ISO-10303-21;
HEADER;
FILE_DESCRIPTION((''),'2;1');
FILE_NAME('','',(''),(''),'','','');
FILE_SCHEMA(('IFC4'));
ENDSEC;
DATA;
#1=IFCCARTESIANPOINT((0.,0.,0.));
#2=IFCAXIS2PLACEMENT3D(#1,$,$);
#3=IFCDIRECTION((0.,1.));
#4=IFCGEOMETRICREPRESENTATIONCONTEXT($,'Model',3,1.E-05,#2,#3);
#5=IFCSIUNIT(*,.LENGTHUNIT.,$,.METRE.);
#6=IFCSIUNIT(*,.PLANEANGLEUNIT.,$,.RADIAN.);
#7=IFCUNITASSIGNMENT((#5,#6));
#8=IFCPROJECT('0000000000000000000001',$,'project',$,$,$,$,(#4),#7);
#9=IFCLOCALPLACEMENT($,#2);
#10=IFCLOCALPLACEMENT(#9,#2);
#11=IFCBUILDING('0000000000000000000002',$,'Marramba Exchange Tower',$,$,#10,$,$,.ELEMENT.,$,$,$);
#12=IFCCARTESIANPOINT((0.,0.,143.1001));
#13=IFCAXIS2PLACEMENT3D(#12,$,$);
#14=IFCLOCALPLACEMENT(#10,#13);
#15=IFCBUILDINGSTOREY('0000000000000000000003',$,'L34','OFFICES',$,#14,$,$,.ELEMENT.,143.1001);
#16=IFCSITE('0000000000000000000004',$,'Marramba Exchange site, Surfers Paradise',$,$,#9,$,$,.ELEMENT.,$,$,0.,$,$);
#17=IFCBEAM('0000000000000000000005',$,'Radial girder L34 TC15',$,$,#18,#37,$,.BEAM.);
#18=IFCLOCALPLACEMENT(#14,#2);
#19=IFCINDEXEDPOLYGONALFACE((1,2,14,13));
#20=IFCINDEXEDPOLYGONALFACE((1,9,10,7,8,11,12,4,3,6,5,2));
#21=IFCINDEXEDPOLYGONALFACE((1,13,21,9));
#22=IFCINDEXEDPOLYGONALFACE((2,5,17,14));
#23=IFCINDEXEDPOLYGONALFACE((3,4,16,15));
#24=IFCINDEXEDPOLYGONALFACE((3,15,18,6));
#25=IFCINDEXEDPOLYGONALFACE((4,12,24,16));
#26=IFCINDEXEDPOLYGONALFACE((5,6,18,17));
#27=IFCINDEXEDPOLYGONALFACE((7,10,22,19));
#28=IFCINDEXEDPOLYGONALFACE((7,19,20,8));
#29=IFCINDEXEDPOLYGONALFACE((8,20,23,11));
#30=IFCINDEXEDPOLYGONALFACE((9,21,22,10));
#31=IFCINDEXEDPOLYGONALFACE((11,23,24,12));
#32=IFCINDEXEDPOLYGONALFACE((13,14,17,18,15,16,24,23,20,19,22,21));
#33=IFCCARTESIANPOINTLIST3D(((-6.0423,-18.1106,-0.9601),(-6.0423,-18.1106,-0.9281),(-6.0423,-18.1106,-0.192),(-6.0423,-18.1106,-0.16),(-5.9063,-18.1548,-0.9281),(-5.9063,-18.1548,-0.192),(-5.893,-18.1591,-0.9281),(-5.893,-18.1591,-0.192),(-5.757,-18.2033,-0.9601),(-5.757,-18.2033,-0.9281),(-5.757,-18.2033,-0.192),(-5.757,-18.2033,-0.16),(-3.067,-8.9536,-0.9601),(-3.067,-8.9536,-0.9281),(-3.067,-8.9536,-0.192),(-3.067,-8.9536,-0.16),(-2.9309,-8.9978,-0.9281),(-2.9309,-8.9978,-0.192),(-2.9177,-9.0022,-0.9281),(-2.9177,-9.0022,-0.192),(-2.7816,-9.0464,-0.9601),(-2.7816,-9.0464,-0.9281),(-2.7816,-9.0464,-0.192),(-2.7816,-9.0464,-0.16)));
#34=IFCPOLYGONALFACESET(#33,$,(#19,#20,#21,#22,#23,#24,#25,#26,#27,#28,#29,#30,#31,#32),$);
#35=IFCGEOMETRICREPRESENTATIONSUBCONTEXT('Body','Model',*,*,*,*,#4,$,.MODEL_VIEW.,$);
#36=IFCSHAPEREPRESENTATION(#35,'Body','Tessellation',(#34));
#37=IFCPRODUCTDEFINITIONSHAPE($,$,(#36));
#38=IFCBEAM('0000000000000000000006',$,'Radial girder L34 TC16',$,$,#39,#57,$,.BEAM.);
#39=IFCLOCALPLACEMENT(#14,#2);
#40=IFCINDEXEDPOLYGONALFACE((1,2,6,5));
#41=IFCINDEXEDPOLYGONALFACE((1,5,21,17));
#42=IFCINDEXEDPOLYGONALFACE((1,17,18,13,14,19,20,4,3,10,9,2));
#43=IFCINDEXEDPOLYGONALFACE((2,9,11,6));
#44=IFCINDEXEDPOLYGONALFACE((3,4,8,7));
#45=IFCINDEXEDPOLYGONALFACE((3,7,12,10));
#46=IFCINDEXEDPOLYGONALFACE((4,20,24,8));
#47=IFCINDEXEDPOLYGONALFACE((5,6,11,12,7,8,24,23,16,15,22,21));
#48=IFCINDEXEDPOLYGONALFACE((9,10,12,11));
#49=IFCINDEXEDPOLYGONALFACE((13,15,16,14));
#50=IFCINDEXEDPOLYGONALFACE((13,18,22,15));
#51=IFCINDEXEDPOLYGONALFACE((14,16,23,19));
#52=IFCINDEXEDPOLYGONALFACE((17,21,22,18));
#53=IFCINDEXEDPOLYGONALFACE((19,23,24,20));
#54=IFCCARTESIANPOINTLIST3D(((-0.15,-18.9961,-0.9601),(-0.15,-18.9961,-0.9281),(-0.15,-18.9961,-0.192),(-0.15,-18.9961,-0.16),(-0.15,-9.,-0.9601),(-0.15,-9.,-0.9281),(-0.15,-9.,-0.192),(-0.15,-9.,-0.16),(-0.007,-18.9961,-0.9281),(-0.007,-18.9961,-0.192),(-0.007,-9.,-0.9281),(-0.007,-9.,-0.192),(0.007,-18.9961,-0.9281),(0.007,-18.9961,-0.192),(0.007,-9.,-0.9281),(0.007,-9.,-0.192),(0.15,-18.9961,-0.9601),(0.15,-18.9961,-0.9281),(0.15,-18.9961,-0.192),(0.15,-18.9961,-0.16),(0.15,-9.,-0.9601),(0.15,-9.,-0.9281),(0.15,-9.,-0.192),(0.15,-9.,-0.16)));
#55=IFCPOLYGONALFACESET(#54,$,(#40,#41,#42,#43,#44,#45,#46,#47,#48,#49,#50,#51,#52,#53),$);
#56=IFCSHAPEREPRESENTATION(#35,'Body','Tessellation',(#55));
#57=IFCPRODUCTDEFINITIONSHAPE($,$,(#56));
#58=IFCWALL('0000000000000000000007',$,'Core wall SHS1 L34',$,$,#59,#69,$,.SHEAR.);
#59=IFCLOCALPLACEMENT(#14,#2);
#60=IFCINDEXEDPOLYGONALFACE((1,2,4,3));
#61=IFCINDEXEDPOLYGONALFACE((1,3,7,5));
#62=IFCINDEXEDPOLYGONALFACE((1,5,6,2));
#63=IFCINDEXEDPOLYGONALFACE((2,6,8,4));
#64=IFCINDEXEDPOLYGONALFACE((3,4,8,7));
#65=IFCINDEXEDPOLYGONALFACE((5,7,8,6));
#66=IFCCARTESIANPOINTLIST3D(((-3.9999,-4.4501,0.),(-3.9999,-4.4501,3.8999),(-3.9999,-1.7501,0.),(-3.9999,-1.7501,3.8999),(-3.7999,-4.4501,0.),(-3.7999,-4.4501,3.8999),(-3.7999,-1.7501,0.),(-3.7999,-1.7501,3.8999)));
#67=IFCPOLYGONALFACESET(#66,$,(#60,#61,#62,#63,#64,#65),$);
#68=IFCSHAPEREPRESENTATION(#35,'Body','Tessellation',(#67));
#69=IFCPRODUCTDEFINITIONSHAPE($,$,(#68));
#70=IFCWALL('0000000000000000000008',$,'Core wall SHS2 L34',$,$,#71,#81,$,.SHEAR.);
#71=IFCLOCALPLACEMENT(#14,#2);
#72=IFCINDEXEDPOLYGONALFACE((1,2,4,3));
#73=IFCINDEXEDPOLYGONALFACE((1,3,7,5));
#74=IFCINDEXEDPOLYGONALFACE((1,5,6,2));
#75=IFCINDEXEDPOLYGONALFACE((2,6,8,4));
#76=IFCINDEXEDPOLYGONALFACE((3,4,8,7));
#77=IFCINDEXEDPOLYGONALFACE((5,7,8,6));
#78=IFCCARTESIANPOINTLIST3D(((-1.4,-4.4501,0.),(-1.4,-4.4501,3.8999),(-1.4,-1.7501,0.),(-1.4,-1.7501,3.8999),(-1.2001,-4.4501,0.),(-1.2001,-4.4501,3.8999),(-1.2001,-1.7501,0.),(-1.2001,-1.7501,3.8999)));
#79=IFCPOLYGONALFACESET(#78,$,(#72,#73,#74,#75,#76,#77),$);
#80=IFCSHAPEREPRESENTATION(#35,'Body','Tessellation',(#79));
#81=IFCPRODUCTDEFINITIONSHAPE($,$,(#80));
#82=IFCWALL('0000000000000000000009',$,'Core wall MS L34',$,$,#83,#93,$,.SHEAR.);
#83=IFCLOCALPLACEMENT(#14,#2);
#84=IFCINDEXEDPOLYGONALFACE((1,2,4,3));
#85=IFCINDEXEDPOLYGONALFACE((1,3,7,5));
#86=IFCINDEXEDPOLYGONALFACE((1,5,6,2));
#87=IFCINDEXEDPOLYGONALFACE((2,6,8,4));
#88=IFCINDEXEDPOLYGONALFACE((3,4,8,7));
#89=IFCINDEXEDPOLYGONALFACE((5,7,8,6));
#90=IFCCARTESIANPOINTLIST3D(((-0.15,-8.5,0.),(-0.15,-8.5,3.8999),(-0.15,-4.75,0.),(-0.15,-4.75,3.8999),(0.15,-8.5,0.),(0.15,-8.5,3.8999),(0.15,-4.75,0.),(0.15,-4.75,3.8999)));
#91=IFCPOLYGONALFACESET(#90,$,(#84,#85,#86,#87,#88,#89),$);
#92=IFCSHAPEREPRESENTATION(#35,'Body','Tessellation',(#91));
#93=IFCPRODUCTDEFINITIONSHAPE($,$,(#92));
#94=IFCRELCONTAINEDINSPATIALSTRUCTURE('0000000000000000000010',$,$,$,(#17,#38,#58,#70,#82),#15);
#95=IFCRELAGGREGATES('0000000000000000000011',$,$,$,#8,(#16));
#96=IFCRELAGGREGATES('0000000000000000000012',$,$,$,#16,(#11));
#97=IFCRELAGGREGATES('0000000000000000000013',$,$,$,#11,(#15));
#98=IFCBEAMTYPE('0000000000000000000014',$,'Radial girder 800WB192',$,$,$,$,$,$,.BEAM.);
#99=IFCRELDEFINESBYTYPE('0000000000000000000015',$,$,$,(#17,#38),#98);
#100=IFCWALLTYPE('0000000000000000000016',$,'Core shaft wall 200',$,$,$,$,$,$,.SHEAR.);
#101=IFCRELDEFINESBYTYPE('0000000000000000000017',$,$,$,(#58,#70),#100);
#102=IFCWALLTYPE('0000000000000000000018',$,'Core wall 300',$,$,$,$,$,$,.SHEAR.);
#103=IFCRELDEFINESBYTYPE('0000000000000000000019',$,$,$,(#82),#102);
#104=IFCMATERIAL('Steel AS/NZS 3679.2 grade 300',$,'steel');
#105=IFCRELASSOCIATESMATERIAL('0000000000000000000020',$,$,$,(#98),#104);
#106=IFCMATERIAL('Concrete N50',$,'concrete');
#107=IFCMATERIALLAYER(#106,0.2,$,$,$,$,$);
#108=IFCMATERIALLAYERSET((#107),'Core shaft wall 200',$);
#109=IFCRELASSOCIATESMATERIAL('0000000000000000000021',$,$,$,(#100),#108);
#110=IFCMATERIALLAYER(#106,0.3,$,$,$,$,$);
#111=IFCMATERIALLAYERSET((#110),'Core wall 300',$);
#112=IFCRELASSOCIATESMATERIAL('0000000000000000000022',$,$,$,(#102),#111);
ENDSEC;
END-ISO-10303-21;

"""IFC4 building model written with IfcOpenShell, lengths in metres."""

from ifc_helpers import new_model, si_unit, direction, frame, frame_2d, origin, origin_2d, place, context, subcontext, project, spatial, rectangle, i_section, extrude, material, layer, layer_set, material_profile, profile_set, type_object, element, save


model = new_model("IFC4")

# Units and contexts
model_context = context("Model", 3, precision=1e-05, world=origin(), true_north=direction((0.0, 1.0)))
body_context = subcontext(model_context, "Body", "Model", "MODEL_VIEW")
ifc_project = project(units=[si_unit("LENGTHUNIT", "METRE"), si_unit("PLANEANGLEUNIT", "RADIAN")], contexts=[model_context])

# Site, building, storey
site_placement = place(None, origin())
site = spatial("IfcSite", under=ifc_project, at=site_placement, Name="Marramba Exchange site, Surfers Paradise", CompositionType="ELEMENT", RefElevation=0.0)
building_placement = place(site_placement, origin())
building = spatial("IfcBuilding", under=site, at=building_placement, Name="Marramba Exchange Tower", CompositionType="ELEMENT")
storey_placement = place(building_placement, frame((0.0, 0.0, 143.1001)))
storey = spatial("IfcBuildingStorey", under=building, at=storey_placement, Name="L34", Description="OFFICES", CompositionType="ELEMENT", Elevation=143.1001)

# Beams
ifc_material_1 = material(Name="Steel AS/NZS 3679.2 grade 300", Category="steel")
ifc_material_profile = material_profile(ifc_material_1, i_section(OverallWidth=0.3, OverallDepth=0.8, WebThickness=0.0139, FlangeThickness=0.032, at=origin_2d()), Name="800WB192")
ifc_profile_set = profile_set([ifc_material_profile], Name="Steel AS/NZS 3679.2 grade 300")
beam_type = type_object("IfcBeamType", Name="Radial girder 800WB192", PredefinedType="BEAM", material=ifc_profile_set)
beam_1_placement = place(storey_placement, frame((-2.9243, -9.0, -0.5601), z_axis=(-0.309022, -0.951055, 0.0), x_axis=(0.951055, -0.309022, 0.0)))
element("IfcBeam", 1, at=beam_1_placement, inside=storey, type_object=beam_type, Name="Radial girder L34 TC15", PredefinedType="BEAM", context=body_context, shape_type="SweptSolid", body=[
    extrude(i_section(OverallWidth=0.3, OverallDepth=0.8, WebThickness=0.0139, FlangeThickness=0.032, at=origin_2d()), origin(), (0.0, 0.0, 1.0), 9.6282),
])
beam_2_placement = place(storey_placement, frame((0.0, -9.0, -0.5601), z_axis=(0.0, -1.0, 0.0), x_axis=(1.0, 0.0, 0.0)))
element("IfcBeam", 2, at=beam_2_placement, inside=storey, type_object=beam_type, Name="Radial girder L34 TC16", PredefinedType="BEAM", context=body_context, shape_type="SweptSolid", body=[
    extrude(i_section(OverallWidth=0.3, OverallDepth=0.8, WebThickness=0.0139, FlangeThickness=0.032, at=origin_2d()), origin(), (0.0, 0.0, 1.0), 9.9961),
])

# Walls
ifc_material_2 = material(Name="Concrete N50", Category="concrete")
ifc_layer_1 = layer(ifc_material_2, 0.2)
ifc_layer_set_1 = layer_set([ifc_layer_1], Name="Core shaft wall 200")
wall_type_1 = type_object("IfcWallType", Name="Core shaft wall 200", PredefinedType="SHEAR", material=ifc_layer_set_1)
for number, where, z_axis, x_axis, name in (
    (3, (-3.8999, -1.75, 0.0), (0.0, 0.0, 1.0), (0.0, -1.0, 0.0), "Core wall SHS1 L34"),
    (4, (-1.3, -1.75, 0.0), (0.0, 0.0, 1.0), (0.0, -1.0, 0.0), "Core wall SHS2 L34"),
):
    element("IfcWall", number, at=place(storey_placement, frame(where, z_axis=z_axis, x_axis=x_axis)), inside=storey, type_object=wall_type_1, Name=name, PredefinedType="SHEAR", context=body_context, shape_type="SweptSolid", body=[
        extrude(rectangle(XDim=2.7, YDim=0.2, at=frame_2d((1.3501, 0.0))), origin(), (0.0, 0.0, 1.0), 3.8999),
    ])
ifc_layer_2 = layer(ifc_material_2, 0.3)
ifc_layer_set_2 = layer_set([ifc_layer_2], Name="Core wall 300")
wall_type_2 = type_object("IfcWallType", Name="Core wall 300", PredefinedType="SHEAR", material=ifc_layer_set_2)
wall_placement = place(storey_placement, frame((0.0, -4.75, 0.0), z_axis=(0.0, 0.0, 1.0), x_axis=(0.0, -1.0, 0.0)))
element("IfcWall", 5, at=wall_placement, inside=storey, type_object=wall_type_2, Name="Core wall MS L34", PredefinedType="SHEAR", context=body_context, shape_type="SweptSolid", body=[
    extrude(rectangle(XDim=3.75, YDim=0.3, at=frame_2d((1.875, 0.0))), origin(), (0.0, 0.0, 1.0), 3.8999),
])

save(model, "model.ifc")
